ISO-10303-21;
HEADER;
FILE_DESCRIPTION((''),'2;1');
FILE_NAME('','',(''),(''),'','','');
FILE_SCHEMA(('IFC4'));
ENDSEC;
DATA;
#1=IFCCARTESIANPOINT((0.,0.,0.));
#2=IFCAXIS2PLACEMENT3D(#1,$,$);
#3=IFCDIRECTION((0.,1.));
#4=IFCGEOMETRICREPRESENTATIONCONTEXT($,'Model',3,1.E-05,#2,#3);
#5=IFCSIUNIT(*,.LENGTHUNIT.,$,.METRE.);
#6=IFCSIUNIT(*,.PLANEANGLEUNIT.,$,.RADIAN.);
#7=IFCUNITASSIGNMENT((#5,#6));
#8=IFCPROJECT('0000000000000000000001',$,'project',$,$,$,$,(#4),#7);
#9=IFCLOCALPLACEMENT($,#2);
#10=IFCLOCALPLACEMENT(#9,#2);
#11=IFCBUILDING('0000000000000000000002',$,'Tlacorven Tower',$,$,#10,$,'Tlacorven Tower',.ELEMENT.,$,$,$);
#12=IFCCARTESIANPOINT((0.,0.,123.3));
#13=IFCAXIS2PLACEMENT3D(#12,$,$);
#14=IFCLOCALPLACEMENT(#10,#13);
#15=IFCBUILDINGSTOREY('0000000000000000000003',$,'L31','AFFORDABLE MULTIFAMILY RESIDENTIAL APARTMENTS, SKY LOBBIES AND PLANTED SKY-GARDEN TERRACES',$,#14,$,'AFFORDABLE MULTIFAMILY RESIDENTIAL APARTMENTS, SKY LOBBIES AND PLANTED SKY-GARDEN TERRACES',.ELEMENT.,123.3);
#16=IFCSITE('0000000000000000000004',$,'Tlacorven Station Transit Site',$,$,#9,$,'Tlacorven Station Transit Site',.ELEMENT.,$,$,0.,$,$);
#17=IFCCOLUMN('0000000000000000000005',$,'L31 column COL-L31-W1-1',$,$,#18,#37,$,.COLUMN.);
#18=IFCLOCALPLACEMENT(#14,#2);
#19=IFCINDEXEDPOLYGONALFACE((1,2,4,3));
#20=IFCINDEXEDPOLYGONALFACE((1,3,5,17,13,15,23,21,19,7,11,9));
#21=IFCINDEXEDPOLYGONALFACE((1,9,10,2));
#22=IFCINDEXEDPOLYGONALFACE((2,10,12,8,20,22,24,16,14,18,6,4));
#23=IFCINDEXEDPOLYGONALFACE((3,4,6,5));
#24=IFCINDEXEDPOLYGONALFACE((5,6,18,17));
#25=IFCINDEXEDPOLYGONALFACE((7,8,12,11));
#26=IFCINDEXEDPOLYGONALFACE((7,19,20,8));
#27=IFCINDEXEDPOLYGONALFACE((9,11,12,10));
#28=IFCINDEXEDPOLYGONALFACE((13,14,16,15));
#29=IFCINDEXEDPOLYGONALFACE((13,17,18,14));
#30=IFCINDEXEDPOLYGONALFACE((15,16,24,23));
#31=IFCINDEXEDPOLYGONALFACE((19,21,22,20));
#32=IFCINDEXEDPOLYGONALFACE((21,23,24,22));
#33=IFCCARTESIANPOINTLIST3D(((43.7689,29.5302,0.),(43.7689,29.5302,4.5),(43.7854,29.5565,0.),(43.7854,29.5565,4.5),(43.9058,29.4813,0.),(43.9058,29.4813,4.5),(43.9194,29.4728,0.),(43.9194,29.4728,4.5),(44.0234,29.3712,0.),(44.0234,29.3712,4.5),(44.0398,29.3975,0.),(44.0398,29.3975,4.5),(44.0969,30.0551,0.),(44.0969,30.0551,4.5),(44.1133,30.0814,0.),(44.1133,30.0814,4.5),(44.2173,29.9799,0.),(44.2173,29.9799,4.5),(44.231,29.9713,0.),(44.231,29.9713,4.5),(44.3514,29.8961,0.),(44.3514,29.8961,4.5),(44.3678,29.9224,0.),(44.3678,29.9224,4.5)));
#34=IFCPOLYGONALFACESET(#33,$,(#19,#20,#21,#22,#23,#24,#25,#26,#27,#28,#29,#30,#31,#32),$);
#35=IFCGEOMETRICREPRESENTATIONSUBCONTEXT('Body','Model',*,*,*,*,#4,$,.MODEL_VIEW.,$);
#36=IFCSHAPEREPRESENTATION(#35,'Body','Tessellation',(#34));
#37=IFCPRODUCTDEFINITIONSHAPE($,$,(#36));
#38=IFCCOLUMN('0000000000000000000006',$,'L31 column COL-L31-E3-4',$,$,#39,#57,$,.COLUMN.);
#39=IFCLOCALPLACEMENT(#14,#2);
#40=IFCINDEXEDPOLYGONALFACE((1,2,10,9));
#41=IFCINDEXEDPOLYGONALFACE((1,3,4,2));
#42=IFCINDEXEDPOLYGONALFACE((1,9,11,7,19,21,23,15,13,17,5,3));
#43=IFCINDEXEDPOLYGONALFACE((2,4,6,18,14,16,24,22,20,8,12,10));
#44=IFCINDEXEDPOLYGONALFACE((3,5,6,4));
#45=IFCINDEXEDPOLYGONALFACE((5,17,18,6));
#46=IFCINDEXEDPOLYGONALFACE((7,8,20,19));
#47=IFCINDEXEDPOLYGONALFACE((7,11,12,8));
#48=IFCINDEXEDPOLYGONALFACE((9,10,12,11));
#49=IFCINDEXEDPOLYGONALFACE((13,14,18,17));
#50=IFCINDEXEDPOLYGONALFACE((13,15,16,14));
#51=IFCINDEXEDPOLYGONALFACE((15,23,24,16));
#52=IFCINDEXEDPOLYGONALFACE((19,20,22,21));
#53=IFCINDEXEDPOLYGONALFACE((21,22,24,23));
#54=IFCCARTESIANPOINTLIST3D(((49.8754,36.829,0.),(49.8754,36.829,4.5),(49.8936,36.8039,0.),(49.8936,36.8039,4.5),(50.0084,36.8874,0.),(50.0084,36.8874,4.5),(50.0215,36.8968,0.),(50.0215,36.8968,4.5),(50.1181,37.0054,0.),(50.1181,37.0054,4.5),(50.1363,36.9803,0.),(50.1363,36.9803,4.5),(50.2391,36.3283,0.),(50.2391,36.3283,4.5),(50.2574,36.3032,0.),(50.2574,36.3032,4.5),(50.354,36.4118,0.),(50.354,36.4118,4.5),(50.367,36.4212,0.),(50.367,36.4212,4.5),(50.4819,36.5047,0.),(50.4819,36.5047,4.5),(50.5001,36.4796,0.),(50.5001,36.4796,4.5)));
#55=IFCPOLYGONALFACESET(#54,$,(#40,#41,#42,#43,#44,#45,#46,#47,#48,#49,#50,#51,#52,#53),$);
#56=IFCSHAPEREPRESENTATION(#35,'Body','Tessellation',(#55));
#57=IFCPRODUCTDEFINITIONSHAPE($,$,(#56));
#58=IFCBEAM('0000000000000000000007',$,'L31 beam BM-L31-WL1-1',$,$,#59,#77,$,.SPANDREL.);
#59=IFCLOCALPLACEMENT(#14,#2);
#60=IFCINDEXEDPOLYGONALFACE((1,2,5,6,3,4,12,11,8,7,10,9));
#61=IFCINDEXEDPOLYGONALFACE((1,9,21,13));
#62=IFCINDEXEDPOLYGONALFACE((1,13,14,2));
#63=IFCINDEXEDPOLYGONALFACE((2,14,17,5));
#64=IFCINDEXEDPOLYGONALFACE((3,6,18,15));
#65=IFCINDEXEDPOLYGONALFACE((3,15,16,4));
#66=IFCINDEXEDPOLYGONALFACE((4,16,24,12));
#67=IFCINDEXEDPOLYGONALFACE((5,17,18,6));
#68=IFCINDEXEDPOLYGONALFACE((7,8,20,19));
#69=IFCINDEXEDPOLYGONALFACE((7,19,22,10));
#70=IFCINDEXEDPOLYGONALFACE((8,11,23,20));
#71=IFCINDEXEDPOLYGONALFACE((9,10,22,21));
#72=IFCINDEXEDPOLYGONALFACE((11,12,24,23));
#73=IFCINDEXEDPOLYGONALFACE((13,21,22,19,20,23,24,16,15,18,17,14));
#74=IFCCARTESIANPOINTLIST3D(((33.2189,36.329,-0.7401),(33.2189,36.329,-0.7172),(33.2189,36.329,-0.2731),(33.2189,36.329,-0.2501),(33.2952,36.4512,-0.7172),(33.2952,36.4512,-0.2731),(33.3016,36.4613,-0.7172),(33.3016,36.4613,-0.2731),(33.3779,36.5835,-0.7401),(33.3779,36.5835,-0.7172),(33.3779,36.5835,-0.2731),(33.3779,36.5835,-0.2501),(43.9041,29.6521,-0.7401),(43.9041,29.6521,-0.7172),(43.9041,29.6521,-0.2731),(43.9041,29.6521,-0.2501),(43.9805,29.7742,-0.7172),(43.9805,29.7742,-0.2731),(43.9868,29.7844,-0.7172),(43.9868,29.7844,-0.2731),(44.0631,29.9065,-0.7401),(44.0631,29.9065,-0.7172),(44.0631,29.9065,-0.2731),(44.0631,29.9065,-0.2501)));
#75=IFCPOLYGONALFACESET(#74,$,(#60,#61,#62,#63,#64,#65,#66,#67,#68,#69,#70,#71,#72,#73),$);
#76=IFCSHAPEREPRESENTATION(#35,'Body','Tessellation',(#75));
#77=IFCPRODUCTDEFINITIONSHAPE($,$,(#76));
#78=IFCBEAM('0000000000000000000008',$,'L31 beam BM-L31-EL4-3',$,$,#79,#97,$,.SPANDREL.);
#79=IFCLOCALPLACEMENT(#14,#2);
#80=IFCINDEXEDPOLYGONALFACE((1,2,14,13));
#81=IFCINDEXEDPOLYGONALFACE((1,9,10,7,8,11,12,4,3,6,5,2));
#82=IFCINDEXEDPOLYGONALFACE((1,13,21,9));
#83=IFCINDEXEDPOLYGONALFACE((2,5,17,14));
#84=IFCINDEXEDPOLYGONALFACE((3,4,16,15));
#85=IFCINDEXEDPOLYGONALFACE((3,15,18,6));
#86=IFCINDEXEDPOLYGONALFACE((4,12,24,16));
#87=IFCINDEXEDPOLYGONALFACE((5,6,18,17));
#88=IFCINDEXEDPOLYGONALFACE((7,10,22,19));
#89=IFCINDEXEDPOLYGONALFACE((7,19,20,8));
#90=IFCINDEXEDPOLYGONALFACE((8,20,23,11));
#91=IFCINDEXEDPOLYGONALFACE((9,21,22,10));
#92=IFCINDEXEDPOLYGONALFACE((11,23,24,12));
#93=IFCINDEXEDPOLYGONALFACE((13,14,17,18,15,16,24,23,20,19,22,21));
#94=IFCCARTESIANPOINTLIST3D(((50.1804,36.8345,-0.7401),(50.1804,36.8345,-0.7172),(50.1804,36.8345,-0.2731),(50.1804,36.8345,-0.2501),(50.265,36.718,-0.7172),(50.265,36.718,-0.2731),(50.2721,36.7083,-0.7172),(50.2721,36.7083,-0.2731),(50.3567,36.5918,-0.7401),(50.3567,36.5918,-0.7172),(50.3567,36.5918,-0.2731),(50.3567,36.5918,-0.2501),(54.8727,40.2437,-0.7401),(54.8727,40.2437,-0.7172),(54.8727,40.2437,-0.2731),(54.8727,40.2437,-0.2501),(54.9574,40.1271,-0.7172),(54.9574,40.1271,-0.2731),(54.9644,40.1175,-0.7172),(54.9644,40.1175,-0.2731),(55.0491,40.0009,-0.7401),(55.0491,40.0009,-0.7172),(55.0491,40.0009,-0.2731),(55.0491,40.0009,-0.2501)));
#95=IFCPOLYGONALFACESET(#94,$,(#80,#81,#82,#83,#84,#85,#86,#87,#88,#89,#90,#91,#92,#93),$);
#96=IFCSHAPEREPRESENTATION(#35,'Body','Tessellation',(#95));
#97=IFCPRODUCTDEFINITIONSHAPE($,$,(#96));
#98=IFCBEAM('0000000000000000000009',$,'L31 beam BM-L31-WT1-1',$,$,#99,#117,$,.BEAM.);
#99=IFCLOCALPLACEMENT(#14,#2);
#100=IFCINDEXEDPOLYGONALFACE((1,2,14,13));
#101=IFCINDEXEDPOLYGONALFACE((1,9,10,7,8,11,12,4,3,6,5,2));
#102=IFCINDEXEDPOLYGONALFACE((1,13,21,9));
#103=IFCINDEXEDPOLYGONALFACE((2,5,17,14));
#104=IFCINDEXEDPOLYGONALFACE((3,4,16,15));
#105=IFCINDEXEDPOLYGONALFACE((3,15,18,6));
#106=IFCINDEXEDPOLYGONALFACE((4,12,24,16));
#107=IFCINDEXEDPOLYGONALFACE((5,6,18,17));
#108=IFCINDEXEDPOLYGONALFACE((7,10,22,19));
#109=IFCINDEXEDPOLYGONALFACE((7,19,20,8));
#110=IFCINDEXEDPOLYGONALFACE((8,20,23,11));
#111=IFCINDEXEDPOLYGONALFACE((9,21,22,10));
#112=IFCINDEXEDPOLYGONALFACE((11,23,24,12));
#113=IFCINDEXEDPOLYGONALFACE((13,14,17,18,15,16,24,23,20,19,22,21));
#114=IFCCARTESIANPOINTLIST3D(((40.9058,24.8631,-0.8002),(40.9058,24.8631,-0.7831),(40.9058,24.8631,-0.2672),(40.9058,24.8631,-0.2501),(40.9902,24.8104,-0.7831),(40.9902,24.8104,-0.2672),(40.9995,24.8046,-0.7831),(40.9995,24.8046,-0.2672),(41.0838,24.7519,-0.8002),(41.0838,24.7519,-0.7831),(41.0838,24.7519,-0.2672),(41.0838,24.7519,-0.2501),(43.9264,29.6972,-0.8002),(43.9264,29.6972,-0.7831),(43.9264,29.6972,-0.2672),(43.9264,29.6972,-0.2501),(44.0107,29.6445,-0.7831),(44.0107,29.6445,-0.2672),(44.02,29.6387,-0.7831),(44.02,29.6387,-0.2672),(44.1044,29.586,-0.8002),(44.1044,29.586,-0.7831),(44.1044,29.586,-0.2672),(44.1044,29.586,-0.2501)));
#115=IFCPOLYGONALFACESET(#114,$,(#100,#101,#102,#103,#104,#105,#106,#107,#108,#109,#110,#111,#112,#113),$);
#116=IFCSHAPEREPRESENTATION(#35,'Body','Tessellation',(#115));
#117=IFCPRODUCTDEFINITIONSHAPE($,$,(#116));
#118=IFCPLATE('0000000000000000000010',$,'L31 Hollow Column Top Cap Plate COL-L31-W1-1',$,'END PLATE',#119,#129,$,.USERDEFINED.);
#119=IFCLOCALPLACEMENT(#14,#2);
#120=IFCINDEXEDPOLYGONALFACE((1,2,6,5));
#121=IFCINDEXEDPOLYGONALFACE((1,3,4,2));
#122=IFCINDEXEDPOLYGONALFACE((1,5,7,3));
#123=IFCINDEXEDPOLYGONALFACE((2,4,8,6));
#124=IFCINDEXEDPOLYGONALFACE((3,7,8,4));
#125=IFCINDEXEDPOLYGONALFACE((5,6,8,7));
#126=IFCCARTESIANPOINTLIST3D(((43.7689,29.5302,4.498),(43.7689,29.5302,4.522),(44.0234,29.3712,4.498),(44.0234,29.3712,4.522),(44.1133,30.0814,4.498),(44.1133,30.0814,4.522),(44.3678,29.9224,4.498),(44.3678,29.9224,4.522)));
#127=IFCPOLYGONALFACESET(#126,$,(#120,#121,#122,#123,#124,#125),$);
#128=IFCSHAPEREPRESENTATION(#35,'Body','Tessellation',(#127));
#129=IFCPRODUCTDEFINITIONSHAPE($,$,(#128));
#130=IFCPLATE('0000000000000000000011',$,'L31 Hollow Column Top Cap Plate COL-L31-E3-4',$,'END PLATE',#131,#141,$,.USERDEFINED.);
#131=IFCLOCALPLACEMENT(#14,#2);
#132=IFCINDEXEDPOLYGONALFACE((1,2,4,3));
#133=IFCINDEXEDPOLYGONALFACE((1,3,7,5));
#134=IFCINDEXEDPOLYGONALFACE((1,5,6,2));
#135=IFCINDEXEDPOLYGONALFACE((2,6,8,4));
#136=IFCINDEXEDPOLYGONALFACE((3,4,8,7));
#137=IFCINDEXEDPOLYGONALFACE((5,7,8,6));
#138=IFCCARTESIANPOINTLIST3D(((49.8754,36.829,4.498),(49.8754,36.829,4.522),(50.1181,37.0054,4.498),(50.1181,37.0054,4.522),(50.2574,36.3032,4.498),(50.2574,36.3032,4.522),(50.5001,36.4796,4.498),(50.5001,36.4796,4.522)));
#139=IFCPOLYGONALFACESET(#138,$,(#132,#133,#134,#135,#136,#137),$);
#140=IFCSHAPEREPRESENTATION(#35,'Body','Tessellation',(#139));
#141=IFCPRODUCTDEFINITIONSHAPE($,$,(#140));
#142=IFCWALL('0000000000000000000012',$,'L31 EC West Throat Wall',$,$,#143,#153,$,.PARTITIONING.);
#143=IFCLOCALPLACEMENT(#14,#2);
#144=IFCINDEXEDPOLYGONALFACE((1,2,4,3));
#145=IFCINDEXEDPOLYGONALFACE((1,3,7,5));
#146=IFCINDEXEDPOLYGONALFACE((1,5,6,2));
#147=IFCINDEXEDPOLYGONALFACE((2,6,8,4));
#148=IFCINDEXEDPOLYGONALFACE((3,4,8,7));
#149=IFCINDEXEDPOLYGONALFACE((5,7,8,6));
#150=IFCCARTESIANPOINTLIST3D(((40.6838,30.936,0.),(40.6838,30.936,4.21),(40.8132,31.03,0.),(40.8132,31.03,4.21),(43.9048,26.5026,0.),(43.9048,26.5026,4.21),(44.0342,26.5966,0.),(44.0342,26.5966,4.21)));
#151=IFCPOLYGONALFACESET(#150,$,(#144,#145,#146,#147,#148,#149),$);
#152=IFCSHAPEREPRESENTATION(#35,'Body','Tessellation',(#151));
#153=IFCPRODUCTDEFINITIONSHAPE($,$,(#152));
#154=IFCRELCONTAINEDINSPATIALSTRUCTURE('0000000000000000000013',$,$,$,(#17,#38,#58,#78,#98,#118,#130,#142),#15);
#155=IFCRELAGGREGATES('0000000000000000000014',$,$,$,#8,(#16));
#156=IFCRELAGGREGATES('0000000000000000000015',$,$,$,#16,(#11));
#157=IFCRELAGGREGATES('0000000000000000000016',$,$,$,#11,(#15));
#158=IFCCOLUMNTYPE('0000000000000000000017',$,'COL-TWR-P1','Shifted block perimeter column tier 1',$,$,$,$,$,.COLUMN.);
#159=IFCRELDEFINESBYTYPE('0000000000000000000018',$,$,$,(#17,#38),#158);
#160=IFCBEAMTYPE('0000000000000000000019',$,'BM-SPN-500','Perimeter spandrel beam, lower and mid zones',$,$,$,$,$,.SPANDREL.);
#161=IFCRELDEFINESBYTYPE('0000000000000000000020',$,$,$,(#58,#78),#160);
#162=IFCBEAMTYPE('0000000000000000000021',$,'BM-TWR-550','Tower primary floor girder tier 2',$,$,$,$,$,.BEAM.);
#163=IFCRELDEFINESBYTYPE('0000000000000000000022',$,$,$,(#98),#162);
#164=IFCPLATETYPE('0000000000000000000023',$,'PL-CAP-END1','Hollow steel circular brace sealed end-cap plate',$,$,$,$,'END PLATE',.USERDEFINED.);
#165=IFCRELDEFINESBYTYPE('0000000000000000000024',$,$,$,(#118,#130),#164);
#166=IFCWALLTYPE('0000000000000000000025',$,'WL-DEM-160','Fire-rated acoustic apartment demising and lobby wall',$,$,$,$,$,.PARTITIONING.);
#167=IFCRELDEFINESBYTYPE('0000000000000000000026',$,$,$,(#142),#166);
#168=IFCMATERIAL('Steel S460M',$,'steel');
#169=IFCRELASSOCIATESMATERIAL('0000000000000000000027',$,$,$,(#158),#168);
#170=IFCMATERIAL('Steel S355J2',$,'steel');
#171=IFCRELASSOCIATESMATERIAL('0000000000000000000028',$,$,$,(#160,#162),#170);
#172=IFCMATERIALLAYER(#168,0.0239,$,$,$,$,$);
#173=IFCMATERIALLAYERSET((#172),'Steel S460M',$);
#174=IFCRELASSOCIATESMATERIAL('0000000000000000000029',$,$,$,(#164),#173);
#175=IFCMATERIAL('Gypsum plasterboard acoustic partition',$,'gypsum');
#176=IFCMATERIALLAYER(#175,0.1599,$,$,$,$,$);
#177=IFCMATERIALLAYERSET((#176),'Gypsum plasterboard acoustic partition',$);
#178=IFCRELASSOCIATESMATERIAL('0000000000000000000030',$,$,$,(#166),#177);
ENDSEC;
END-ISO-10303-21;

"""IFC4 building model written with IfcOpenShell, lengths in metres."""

from ifc_helpers import new_model, si_unit, direction, frame, frame_2d, origin, origin_2d, place, context, subcontext, project, spatial, rectangle, i_section, extrude, source, transform, mapped, material, layer, layer_set, material_profile, profile_set, type_object, element, save


model = new_model("IFC4")

# Units and contexts
model_context = context("Model", 3, precision=1e-05, world=origin(), true_north=direction((0.0, 1.0)))
body_context = subcontext(model_context, "Body", "Model", "MODEL_VIEW")
ifc_project = project(units=[si_unit("LENGTHUNIT", "METRE"), si_unit("PLANEANGLEUNIT", "RADIAN")], contexts=[model_context])

# Site, building, storey
site_placement = place(None, origin())
site = spatial("IfcSite", under=ifc_project, at=site_placement, Name="Tlacorven Station Transit Site", LongName="Tlacorven Station Transit Site", CompositionType="ELEMENT", RefElevation=0.0)
building_placement = place(site_placement, origin())
building = spatial("IfcBuilding", under=site, at=building_placement, Name="Tlacorven Tower", LongName="Tlacorven Tower", CompositionType="ELEMENT")
storey_placement = place(building_placement, frame((0.0, 0.0, 123.3)))
storey = spatial("IfcBuildingStorey", under=building, at=storey_placement, Name="L31", Description="AFFORDABLE MULTIFAMILY RESIDENTIAL APARTMENTS, SKY LOBBIES AND PLANTED SKY-GARDEN TERRACES", LongName="AFFORDABLE MULTIFAMILY RESIDENTIAL APARTMENTS, SKY LOBBIES AND PLANTED SKY-GARDEN TERRACES", CompositionType="ELEMENT", Elevation=123.3)

# Columns
ifc_material_1 = material(Name="Steel S460M", Category="steel")
ifc_material_profile_1 = material_profile(ifc_material_1, i_section(OverallWidth=0.3, OverallDepth=0.6499, WebThickness=0.0161, FlangeThickness=0.031, at=origin_2d()), Name="HEB 650")
ifc_profile_set_1 = profile_set([ifc_material_profile_1], Name="Steel S460M")
column_type = type_object("IfcColumnType", Name="COL-TWR-P1", Description="Shifted block perimeter column tier 1", PredefinedType="COLUMN", material=ifc_profile_set_1)
shared_shape_1 = source(origin(), body_context, "Body", "SweptSolid", [
    extrude(i_section(OverallWidth=0.3, OverallDepth=0.6499, WebThickness=0.0161, FlangeThickness=0.031, at=origin_2d()), origin(), (0.0, 0.0, 1.0), 4.5),
])
for number, where, z_axis, x_axis, name in (
    (1, (44.0684, 29.7263, 0.0), (0.0, 0.0, 1.0), (-0.848048, 0.529919, 0.0), "L31 column COL-L31-W1-1"),
    (2, (50.1877, 36.6543, 0.0), (0.0, 0.0, 1.0), (0.809017, 0.587785, 0.0), "L31 column COL-L31-E3-4"),
):
    element("IfcColumn", number, at=place(storey_placement, frame(where, z_axis=z_axis, x_axis=x_axis)), inside=storey, type_object=column_type, Name=name, PredefinedType="COLUMN", context=body_context, shape_type="MappedRepresentation", body=[
        mapped(shared_shape_1, transform((0.0, 0.0, 0.0), scale=1.0)),
    ])

# Beams
ifc_material_2 = material(Name="Steel S355J2", Category="steel")
ifc_material_profile_2 = material_profile(ifc_material_2, i_section(OverallWidth=0.3, OverallDepth=0.49, WebThickness=0.012, FlangeThickness=0.0229, at=origin_2d()), Name="HEA 500")
ifc_profile_set_2 = profile_set([ifc_material_profile_2], Name="Steel S355J2")
beam_type_1 = type_object("IfcBeamType", Name="BM-SPN-500", Description="Perimeter spandrel beam, lower and mid zones", PredefinedType="SPANDREL", material=ifc_profile_set_2)
shared_shape_2 = source(origin(), body_context, "Body", "SweptSolid", [
    extrude(i_section(OverallWidth=0.3, OverallDepth=0.49, WebThickness=0.012, FlangeThickness=0.0229, at=origin_2d()), origin(), (0.0, 0.0, 1.0), 12.5999),
])
beam_1_placement = place(storey_placement, frame((43.9836, 29.7793, -0.4951), z_axis=(-0.848045, 0.529924, 0.0), x_axis=(-0.529924, -0.848045, 0.0)))
element("IfcBeam", 3, at=beam_1_placement, inside=storey, type_object=beam_type_1, Name="L31 beam BM-L31-WL1-1", PredefinedType="SPANDREL", context=body_context, shape_type="MappedRepresentation", body=[
    mapped(shared_shape_2, transform((0.0, 0.0, 0.0), scale=1.0)),
])
shared_shape_3 = source(origin(), body_context, "Body", "SweptSolid", [
    extrude(i_section(OverallWidth=0.3, OverallDepth=0.49, WebThickness=0.012, FlangeThickness=0.0229, at=origin_2d()), origin(), (0.0, 0.0, 1.0), 5.8),
])
beam_2_placement = place(storey_placement, frame((50.2686, 36.7131, -0.4951), z_axis=(0.80902, 0.587781, 0.0), x_axis=(-0.587781, 0.80902, 0.0)))
element("IfcBeam", 4, at=beam_2_placement, inside=storey, type_object=beam_type_1, Name="L31 beam BM-L31-EL4-3", PredefinedType="SPANDREL", context=body_context, shape_type="MappedRepresentation", body=[
    mapped(shared_shape_3, transform((0.0, 0.0, 0.0), scale=1.0)),
])
ifc_material_profile_3 = material_profile(ifc_material_2, i_section(OverallWidth=0.21, OverallDepth=0.55, WebThickness=0.011, FlangeThickness=0.0171, at=origin_2d()), Name="IPE 550")
ifc_profile_set_3 = profile_set([ifc_material_profile_3], Name="Steel S355J2")
beam_type_2 = type_object("IfcBeamType", Name="BM-TWR-550", Description="Tower primary floor girder tier 2", PredefinedType="BEAM", material=ifc_profile_set_3)
shared_shape_4 = source(origin(), body_context, "Body", "SweptSolid", [
    extrude(i_section(OverallWidth=0.21, OverallDepth=0.55, WebThickness=0.011, FlangeThickness=0.0171, at=origin_2d()), origin(), (0.0, 0.0, 1.0), 5.7002),
])
beam_3_placement = place(storey_placement, frame((44.0154, 29.6416, -0.5251), z_axis=(-0.529907, -0.848056, 0.0), x_axis=(0.848056, -0.529907, 0.0)))
element("IfcBeam", 5, at=beam_3_placement, inside=storey, type_object=beam_type_2, Name="L31 beam BM-L31-WT1-1", PredefinedType="BEAM", context=body_context, shape_type="MappedRepresentation", body=[
    mapped(shared_shape_4, transform((0.0, 0.0, 0.0), scale=1.0)),
])

# Plates
ifc_layer_1 = layer(ifc_material_1, 0.0239)
ifc_layer_set_1 = layer_set([ifc_layer_1], Name="Steel S460M")
plate_type = type_object("IfcPlateType", Name="PL-CAP-END1", Description="Hollow steel circular brace sealed end-cap plate", ElementType="END PLATE", PredefinedType="USERDEFINED", material=ifc_layer_set_1)
shared_shape_5 = source(origin(), body_context, "Body", "SweptSolid", [
    extrude(rectangle(XDim=0.3, YDim=0.6499, at=origin_2d()), origin(), (0.0, 0.0, 1.0), 0.0239),
])
for number, where, z_axis, x_axis, name in (
    (6, (44.0684, 29.7263, 4.498), (0.0, 0.0, 1.0), (-0.848048, 0.529919, 0.0), "L31 Hollow Column Top Cap Plate COL-L31-W1-1"),
    (7, (50.1877, 36.6543, 4.498), (0.0, 0.0, 1.0), (0.809017, 0.587785, 0.0), "L31 Hollow Column Top Cap Plate COL-L31-E3-4"),
):
    element("IfcPlate", number, at=place(storey_placement, frame(where, z_axis=z_axis, x_axis=x_axis)), inside=storey, type_object=plate_type, Name=name, ObjectType="END PLATE", PredefinedType="USERDEFINED", context=body_context, shape_type="MappedRepresentation", body=[
        mapped(shared_shape_5, transform((0.0, 0.0, 0.0), scale=1.0)),
    ])

# Wall
ifc_material_3 = material(Name="Gypsum plasterboard acoustic partition", Category="gypsum")
ifc_layer_2 = layer(ifc_material_3, 0.1599)
ifc_layer_set_2 = layer_set([ifc_layer_2], Name="Gypsum plasterboard acoustic partition")
wall_type_1 = type_object("IfcWallType", Name="WL-DEM-160", Description="Fire-rated acoustic apartment demising and lobby wall", PredefinedType="PARTITIONING", material=ifc_layer_set_2)
wall_1_placement = place(storey_placement, frame((43.9695, 26.5496, 0.0), z_axis=(0.0, 0.0, 1.0), x_axis=(-0.587777, 0.809023, 0.0)))
element("IfcWall", 8, at=wall_1_placement, inside=storey, type_object=wall_type_1, Name="L31 EC West Throat Wall", PredefinedType="PARTITIONING", context=body_context, shape_type="SweptSolid", body=[
    extrude(rectangle(XDim=5.48, YDim=0.1599, at=frame_2d((2.74, 0.0))), origin(), (0.0, 0.0, 1.0), 4.21),
])

save(model, "model.ifc")
